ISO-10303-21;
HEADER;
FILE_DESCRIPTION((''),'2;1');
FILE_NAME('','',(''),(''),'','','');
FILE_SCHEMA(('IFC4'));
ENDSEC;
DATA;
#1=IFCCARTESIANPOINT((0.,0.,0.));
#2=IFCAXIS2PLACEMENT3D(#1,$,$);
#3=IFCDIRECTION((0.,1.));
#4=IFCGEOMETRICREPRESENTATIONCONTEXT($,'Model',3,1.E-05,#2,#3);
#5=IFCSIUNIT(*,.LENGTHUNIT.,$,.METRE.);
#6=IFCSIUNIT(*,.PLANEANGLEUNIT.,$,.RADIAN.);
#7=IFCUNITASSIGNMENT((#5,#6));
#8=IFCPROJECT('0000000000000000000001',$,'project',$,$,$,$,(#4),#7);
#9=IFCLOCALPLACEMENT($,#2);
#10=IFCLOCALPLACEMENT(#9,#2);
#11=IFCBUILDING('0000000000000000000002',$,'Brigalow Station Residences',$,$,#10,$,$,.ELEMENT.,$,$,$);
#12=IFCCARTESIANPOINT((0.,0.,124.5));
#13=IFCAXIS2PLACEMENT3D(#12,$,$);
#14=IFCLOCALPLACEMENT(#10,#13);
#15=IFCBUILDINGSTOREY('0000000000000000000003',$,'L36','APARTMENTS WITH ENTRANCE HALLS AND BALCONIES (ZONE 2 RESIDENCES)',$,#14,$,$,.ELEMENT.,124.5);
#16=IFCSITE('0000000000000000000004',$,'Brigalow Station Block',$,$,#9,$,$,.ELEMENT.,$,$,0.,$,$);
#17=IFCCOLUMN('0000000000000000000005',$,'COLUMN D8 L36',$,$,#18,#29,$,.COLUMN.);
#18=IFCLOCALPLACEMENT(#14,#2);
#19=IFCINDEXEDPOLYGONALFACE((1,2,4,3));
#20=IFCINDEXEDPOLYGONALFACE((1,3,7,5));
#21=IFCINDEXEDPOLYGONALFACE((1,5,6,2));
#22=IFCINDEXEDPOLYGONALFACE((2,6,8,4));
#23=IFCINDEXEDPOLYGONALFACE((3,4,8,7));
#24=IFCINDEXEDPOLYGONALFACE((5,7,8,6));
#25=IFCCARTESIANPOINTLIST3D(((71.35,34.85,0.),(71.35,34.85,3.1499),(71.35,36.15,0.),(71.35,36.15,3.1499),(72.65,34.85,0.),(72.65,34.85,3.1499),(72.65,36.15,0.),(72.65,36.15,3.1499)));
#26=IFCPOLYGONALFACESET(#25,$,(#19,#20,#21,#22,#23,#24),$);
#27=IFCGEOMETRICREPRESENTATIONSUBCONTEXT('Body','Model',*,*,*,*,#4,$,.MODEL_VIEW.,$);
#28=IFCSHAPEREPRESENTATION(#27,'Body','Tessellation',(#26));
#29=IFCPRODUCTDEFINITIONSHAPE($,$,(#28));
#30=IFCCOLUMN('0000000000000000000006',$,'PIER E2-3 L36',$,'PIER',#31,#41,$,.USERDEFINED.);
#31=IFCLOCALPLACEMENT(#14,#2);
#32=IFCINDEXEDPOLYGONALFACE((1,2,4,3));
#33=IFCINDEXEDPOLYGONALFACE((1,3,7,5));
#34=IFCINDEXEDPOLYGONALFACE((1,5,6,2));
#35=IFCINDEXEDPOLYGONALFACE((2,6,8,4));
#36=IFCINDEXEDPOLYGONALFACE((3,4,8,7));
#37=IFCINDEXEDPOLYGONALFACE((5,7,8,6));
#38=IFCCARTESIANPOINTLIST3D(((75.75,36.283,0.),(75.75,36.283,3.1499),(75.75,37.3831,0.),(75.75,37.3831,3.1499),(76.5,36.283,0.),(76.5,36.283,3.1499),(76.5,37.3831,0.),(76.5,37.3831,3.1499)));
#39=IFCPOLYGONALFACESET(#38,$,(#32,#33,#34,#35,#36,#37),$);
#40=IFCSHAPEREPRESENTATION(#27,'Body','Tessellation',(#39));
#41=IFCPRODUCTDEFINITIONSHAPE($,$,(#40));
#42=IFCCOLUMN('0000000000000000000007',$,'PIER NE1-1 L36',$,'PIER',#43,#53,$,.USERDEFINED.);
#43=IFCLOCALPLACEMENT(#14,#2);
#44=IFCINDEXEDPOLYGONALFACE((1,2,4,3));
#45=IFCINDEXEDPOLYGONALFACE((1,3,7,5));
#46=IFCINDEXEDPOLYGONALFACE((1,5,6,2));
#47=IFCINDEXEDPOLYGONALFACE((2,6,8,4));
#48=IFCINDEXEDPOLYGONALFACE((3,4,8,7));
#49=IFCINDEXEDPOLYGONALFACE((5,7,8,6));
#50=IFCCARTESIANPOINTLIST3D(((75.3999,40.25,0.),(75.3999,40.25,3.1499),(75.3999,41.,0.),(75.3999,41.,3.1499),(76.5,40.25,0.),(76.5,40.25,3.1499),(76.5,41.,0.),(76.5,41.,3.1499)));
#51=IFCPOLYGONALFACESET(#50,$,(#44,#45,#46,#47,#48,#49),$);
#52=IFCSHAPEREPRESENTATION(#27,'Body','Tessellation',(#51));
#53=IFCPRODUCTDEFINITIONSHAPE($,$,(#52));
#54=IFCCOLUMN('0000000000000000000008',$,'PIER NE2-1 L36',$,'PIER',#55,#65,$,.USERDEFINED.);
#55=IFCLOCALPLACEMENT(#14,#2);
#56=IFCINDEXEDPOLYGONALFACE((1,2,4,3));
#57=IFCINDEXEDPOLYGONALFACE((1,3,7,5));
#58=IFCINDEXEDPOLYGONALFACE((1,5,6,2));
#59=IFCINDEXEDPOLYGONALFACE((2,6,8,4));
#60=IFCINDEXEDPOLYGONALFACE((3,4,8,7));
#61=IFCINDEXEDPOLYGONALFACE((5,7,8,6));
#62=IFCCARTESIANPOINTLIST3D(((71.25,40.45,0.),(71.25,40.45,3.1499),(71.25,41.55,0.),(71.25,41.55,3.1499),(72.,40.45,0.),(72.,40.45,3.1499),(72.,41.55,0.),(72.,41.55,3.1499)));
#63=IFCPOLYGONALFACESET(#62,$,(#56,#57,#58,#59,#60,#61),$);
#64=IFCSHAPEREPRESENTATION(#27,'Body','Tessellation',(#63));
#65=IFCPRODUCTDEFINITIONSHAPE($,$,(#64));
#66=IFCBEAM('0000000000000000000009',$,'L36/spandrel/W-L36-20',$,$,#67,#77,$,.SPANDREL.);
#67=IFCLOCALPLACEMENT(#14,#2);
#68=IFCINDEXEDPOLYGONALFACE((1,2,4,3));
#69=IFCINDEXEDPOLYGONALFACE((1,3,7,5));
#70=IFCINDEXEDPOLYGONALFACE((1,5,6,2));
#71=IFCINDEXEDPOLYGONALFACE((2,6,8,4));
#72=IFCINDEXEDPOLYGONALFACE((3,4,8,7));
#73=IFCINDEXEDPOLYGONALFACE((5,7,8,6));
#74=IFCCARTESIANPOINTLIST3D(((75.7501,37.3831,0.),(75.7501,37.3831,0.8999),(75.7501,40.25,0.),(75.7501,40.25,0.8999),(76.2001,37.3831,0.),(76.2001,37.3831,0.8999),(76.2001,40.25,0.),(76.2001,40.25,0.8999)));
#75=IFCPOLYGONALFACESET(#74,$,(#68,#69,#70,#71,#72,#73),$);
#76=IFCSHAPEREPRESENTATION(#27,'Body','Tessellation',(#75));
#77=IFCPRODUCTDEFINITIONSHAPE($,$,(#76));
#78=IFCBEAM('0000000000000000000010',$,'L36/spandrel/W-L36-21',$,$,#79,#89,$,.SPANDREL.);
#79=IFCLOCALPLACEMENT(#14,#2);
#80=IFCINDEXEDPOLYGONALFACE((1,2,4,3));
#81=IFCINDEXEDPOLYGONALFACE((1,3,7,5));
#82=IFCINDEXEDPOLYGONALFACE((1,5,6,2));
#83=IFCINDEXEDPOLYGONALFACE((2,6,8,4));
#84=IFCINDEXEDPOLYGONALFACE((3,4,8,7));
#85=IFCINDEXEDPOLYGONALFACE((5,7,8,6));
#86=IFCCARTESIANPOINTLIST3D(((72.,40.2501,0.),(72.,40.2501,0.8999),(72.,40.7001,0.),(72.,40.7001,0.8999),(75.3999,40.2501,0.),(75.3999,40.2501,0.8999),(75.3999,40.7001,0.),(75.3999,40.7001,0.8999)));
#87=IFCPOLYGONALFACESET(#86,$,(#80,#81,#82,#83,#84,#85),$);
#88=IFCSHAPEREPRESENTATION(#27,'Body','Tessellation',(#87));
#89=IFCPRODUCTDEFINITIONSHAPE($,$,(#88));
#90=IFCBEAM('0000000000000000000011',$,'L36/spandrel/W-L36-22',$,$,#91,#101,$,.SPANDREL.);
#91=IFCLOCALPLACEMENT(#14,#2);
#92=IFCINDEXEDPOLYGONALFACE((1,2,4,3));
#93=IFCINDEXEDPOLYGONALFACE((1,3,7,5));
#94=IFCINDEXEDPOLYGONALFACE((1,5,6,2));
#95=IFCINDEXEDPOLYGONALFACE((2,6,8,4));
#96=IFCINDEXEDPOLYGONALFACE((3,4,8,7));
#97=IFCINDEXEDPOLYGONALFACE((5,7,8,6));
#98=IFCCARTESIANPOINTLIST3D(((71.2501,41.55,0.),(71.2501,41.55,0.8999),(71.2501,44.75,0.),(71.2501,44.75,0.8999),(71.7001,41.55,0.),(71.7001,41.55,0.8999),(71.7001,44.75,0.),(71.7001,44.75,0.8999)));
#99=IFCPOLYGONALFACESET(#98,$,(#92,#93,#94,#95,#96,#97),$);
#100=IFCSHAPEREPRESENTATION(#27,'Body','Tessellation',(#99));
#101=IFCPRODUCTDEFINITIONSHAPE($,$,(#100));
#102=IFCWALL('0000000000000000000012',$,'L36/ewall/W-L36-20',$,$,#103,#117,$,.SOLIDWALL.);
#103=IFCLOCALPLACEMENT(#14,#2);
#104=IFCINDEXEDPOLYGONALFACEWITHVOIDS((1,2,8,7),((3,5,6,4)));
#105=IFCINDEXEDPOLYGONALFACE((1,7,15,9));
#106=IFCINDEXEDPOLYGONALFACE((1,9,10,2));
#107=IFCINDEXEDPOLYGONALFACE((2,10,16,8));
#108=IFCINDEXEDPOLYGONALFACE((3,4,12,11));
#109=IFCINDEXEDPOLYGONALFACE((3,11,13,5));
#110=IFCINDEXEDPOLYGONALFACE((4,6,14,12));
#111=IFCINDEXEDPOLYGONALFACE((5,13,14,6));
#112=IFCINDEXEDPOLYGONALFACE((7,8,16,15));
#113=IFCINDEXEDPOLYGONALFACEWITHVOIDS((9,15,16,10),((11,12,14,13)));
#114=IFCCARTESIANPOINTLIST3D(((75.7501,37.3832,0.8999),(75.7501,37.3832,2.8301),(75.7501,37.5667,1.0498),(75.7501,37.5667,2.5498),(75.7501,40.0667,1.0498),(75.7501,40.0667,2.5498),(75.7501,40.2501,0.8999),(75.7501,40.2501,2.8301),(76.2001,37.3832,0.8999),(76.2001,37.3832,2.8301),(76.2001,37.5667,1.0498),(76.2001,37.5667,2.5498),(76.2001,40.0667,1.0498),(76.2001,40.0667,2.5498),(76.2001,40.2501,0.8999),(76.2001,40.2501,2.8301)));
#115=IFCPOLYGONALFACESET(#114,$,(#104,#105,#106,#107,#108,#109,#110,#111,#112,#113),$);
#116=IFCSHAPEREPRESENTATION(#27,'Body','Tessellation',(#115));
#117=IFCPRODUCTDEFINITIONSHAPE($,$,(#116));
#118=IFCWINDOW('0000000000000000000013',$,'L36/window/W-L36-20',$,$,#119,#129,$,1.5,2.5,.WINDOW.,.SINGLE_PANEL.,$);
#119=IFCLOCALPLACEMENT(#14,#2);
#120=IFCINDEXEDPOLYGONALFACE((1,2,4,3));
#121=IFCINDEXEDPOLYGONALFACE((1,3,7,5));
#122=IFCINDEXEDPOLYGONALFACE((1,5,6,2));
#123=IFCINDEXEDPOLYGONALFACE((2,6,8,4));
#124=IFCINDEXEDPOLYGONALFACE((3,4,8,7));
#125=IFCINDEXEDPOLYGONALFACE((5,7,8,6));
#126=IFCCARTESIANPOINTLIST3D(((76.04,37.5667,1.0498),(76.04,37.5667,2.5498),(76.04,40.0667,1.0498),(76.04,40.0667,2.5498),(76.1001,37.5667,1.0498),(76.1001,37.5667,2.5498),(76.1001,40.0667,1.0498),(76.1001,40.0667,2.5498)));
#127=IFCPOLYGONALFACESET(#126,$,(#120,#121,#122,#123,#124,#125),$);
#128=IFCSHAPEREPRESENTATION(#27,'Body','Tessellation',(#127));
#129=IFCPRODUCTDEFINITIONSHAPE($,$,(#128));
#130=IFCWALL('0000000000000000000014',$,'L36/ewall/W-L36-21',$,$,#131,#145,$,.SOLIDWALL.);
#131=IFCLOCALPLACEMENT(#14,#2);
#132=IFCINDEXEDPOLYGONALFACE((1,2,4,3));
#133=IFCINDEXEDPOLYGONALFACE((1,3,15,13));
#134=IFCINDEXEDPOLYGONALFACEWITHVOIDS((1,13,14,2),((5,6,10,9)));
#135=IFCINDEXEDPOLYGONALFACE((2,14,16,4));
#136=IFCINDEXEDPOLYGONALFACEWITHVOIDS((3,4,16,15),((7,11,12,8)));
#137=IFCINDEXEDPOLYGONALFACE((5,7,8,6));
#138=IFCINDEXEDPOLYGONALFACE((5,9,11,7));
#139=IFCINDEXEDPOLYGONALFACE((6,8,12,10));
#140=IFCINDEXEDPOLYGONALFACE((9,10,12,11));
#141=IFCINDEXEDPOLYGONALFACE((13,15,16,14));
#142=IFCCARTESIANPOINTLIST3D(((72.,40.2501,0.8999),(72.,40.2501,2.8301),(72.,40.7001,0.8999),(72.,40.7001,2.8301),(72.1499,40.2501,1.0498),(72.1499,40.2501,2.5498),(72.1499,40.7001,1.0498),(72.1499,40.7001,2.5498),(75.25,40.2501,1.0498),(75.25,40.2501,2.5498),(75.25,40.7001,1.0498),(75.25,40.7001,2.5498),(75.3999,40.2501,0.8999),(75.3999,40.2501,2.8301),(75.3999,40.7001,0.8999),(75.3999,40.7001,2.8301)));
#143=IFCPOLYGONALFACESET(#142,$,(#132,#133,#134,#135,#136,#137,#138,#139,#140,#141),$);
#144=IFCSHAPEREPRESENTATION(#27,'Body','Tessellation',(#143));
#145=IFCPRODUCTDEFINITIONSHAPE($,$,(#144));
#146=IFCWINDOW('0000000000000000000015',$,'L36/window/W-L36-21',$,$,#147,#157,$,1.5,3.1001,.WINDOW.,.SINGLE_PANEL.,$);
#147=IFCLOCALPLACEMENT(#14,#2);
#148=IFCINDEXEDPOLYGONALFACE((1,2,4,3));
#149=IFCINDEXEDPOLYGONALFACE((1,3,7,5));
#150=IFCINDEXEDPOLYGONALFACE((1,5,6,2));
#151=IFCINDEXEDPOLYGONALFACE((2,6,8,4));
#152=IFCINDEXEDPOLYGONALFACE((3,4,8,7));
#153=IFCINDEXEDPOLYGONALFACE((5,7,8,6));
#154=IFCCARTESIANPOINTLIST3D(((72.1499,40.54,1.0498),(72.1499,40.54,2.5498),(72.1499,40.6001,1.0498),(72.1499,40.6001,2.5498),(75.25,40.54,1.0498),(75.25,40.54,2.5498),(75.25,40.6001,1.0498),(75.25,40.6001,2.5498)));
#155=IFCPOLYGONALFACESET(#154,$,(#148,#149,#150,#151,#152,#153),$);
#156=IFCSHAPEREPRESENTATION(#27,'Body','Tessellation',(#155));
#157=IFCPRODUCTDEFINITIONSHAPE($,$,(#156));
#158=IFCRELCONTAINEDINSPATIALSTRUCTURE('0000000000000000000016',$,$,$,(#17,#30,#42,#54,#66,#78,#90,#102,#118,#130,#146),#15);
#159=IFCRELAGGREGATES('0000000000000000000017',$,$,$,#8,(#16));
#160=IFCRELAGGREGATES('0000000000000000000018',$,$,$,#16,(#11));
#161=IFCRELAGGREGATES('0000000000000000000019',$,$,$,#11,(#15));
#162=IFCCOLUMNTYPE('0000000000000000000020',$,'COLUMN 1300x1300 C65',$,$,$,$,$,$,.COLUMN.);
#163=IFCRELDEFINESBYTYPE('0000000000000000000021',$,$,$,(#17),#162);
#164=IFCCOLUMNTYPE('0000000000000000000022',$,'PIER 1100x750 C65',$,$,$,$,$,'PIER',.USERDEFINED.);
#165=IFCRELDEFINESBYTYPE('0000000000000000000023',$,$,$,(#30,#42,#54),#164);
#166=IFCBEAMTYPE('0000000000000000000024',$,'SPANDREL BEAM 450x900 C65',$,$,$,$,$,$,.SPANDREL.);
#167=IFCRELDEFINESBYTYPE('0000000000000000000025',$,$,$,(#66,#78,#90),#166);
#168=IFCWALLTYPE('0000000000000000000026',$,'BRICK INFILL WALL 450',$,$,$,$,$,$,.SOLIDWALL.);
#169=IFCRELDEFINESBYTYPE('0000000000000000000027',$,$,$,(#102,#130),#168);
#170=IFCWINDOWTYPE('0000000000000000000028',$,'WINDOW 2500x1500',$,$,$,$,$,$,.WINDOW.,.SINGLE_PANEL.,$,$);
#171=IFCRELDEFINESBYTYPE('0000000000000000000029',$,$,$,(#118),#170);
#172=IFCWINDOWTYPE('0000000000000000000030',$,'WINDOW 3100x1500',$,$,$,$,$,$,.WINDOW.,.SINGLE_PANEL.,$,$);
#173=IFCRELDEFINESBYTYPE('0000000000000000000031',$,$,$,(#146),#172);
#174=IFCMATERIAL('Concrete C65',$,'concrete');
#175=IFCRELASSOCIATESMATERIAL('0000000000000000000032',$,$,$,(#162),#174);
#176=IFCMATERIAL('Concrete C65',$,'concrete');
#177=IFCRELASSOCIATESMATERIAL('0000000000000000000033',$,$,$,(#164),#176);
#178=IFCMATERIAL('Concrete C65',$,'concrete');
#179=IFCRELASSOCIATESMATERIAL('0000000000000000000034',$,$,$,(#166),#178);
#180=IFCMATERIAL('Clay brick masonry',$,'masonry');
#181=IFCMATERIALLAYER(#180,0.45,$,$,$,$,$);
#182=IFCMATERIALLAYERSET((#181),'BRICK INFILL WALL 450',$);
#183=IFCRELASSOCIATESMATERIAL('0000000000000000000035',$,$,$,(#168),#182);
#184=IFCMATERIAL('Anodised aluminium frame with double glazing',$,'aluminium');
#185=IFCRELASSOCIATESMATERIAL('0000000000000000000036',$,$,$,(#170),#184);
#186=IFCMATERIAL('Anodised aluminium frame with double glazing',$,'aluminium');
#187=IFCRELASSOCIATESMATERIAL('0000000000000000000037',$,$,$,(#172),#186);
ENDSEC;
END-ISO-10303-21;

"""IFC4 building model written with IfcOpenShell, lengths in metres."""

from ifc_helpers import new_model, si_unit, direction, frame, frame_2d, origin, origin_2d, place, context, subcontext, project, spatial, rectangle, extrude, material, layer, layer_set, material_profile, profile_set, type_object, element, fill, save


model = new_model("IFC4")

# Units and contexts
model_context = context("Model", 3, precision=1e-05, world=origin(), true_north=direction((0.0, 1.0)))
body_context = subcontext(model_context, "Body", "Model", "MODEL_VIEW")
ifc_project = project(units=[si_unit("LENGTHUNIT", "METRE"), si_unit("PLANEANGLEUNIT", "RADIAN")], contexts=[model_context])

# Site, building, storey
site_placement = place(None, origin())
site = spatial("IfcSite", under=ifc_project, at=site_placement, Name="Brigalow Station Block", CompositionType="ELEMENT", RefElevation=0.0)
building_placement = place(site_placement, origin())
building = spatial("IfcBuilding", under=site, at=building_placement, Name="Brigalow Station Residences", CompositionType="ELEMENT")
storey_placement = place(building_placement, frame((0.0, 0.0, 124.5)))
storey = spatial("IfcBuildingStorey", under=building, at=storey_placement, Name="L36", Description="APARTMENTS WITH ENTRANCE HALLS AND BALCONIES (ZONE 2 RESIDENCES)", CompositionType="ELEMENT", Elevation=124.5)

# Columns
ifc_material_1 = material(Name="Concrete C65", Category="concrete")
ifc_material_profile_1 = material_profile(ifc_material_1, rectangle(XDim=1.3, YDim=1.3, at=origin_2d()), Name="RC1300x1300")
ifc_profile_set_1 = profile_set([ifc_material_profile_1], Name="Concrete C65")
column_type_1 = type_object("IfcColumnType", Name="COLUMN 1300x1300 C65", PredefinedType="COLUMN", material=ifc_profile_set_1)
column_placement = place(storey_placement, frame((72.0, 35.5, 0.0), z_axis=(0.0, 0.0, 1.0), x_axis=(1.0, 0.0, 0.0)))
element("IfcColumn", 1, at=column_placement, inside=storey, type_object=column_type_1, Name="COLUMN D8 L36", PredefinedType="COLUMN", context=body_context, shape_type="SweptSolid", body=[
    extrude(rectangle(XDim=1.3, YDim=1.3, at=origin_2d()), origin(), (0.0, 0.0, 1.0), 3.1499),
])
ifc_material_2 = material(Name="Concrete C65", Category="concrete")
ifc_material_profile_2 = material_profile(ifc_material_2, rectangle(XDim=1.1001, YDim=0.75, at=origin_2d()), Name="RC1100x750")
ifc_profile_set_2 = profile_set([ifc_material_profile_2], Name="Concrete C65")
column_type_2 = type_object("IfcColumnType", Name="PIER 1100x750 C65", ElementType="PIER", PredefinedType="USERDEFINED", material=ifc_profile_set_2)
for number, where, z_axis, x_axis, name in (
    (2, (76.125, 36.833, 0.0), (0.0, 0.0, 1.0), (0.0, 1.0, 0.0), "PIER E2-3 L36"),
    (3, (75.95, 40.625, 0.0), (0.0, 0.0, 1.0), (-1.0, 0.0, 0.0), "PIER NE1-1 L36"),
    (4, (71.625, 41.0, 0.0), (0.0, 0.0, 1.0), (0.0, 1.0, 0.0), "PIER NE2-1 L36"),
):
    element("IfcColumn", number, at=place(storey_placement, frame(where, z_axis=z_axis, x_axis=x_axis)), inside=storey, type_object=column_type_2, Name=name, ObjectType="PIER", PredefinedType="USERDEFINED", context=body_context, shape_type="SweptSolid", body=[
        extrude(rectangle(XDim=1.1001, YDim=0.75, at=origin_2d()), origin(), (0.0, 0.0, 1.0), 3.1499),
    ])

# Beams
ifc_material_3 = material(Name="Concrete C65", Category="concrete")
ifc_material_profile_3 = material_profile(ifc_material_3, rectangle(XDim=0.45, YDim=0.8999, at=origin_2d()), Name="RC450x900")
ifc_profile_set_3 = profile_set([ifc_material_profile_3], Name="Concrete C65")
beam_type = type_object("IfcBeamType", Name="SPANDREL BEAM 450x900 C65", PredefinedType="SPANDREL", material=ifc_profile_set_3)
beam_1_placement = place(storey_placement, frame((75.9751, 37.3831, 0.45), z_axis=(0.0, 1.0, 0.0), x_axis=(-1.0, 0.0, 0.0)))
element("IfcBeam", 5, at=beam_1_placement, inside=storey, type_object=beam_type, Name="L36/spandrel/W-L36-20", PredefinedType="SPANDREL", context=body_context, shape_type="SweptSolid", body=[
    extrude(rectangle(XDim=0.45, YDim=0.8999, at=origin_2d()), origin(), (0.0, 0.0, 1.0), 2.8669),
])
beam_2_placement = place(storey_placement, frame((75.3999, 40.4751, 0.45), z_axis=(-1.0, 0.0, 0.0), x_axis=(0.0, -1.0, 0.0)))
element("IfcBeam", 6, at=beam_2_placement, inside=storey, type_object=beam_type, Name="L36/spandrel/W-L36-21", PredefinedType="SPANDREL", context=body_context, shape_type="SweptSolid", body=[
    extrude(rectangle(XDim=0.45, YDim=0.8999, at=origin_2d()), origin(), (0.0, 0.0, 1.0), 3.3999),
])
beam_3_placement = place(storey_placement, frame((71.4751, 41.55, 0.45), z_axis=(0.0, 1.0, 0.0), x_axis=(-1.0, 0.0, 0.0)))
element("IfcBeam", 7, at=beam_3_placement, inside=storey, type_object=beam_type, Name="L36/spandrel/W-L36-22", PredefinedType="SPANDREL", context=body_context, shape_type="SweptSolid", body=[
    extrude(rectangle(XDim=0.45, YDim=0.8999, at=origin_2d()), origin(), (0.0, 0.0, 1.0), 3.2),
])

# Walls, openings, windows
ifc_material_4 = material(Name="Clay brick masonry", Category="masonry")
ifc_layer_1 = layer(ifc_material_4, 0.45)
ifc_layer_set_1 = layer_set([ifc_layer_1], Name="BRICK INFILL WALL 450")
wall_type_1 = type_object("IfcWallType", Name="BRICK INFILL WALL 450", PredefinedType="SOLIDWALL", material=ifc_layer_set_1)
wall_1_placement = place(storey_placement, frame((75.9751, 37.3831, 0.8999), z_axis=(0.0, 0.0, 1.0), x_axis=(0.0, 1.0, 0.0)))
wall_1 = element("IfcWall", 8, at=wall_1_placement, inside=storey, type_object=wall_type_1, Name="L36/ewall/W-L36-20", PredefinedType="SOLIDWALL", context=body_context, shape_type="SweptSolid", body=[
    extrude(rectangle(XDim=2.8669, YDim=0.45, at=frame_2d((1.4336, 0.0))), origin(), (0.0, 0.0, 1.0), 1.9302),
])
opening_1_placement = place(wall_1_placement, frame((0.1836, 0.0, 0.1499)))
opening_1 = element("IfcOpeningElement", 9, at=opening_1_placement, cuts=wall_1, PredefinedType="OPENING", context=body_context, shape_type="SweptSolid", body=[
    extrude(rectangle(XDim=2.5, YDim=1.5, at=frame_2d((1.25, 0.75))), frame((0.0, 0.2349, 0.0), z_axis=(0.0, -1.0, 0.0), x_axis=(1.0, 0.0, 0.0)), (0.0, 0.0, 1.0), 0.47),
])
ifc_material_5 = material(Name="Anodised aluminium frame with double glazing", Category="aluminium")
window_type_1 = type_object("IfcWindowType", Name="WINDOW 2500x1500", PartitioningType="SINGLE_PANEL", PredefinedType="WINDOW", material=ifc_material_5)
window_1_placement = place(opening_1_placement, origin())
window_1 = element("IfcWindow", 10, at=window_1_placement, inside=storey, type_object=window_type_1, Name="L36/window/W-L36-20", OverallHeight=1.5, OverallWidth=2.5, PartitioningType="SINGLE_PANEL", PredefinedType="WINDOW", context=body_context, shape_type="SweptSolid", body=[
    extrude(rectangle(XDim=2.5, YDim=1.5, at=frame_2d((1.25, 0.75))), frame((0.0, -0.0649, 0.0), z_axis=(0.0, -1.0, 0.0), x_axis=(1.0, 0.0, 0.0)), (0.0, 0.0, 1.0), 0.0601),
])
fill(opening_1, window_1)
wall_2_placement = place(storey_placement, frame((75.3999, 40.4751, 0.8999), z_axis=(0.0, 0.0, 1.0), x_axis=(-1.0, 0.0, 0.0)))
wall_2 = element("IfcWall", 11, at=wall_2_placement, inside=storey, type_object=wall_type_1, Name="L36/ewall/W-L36-21", PredefinedType="SOLIDWALL", context=body_context, shape_type="SweptSolid", body=[
    extrude(rectangle(XDim=3.3999, YDim=0.45, at=frame_2d((1.7, 0.0))), origin(), (0.0, 0.0, 1.0), 1.9302),
])
opening_2_placement = place(wall_2_placement, frame((0.1499, 0.0, 0.1499)))
opening_2 = element("IfcOpeningElement", 12, at=opening_2_placement, cuts=wall_2, PredefinedType="OPENING", context=body_context, shape_type="SweptSolid", body=[
    extrude(rectangle(XDim=3.1001, YDim=1.5, at=frame_2d((1.55, 0.75))), frame((0.0, 0.2349, 0.0), z_axis=(0.0, -1.0, 0.0), x_axis=(1.0, 0.0, 0.0)), (0.0, 0.0, 1.0), 0.47),
])
ifc_material_6 = material(Name="Anodised aluminium frame with double glazing", Category="aluminium")
window_type_2 = type_object("IfcWindowType", Name="WINDOW 3100x1500", PartitioningType="SINGLE_PANEL", PredefinedType="WINDOW", material=ifc_material_6)
window_2_placement = place(opening_2_placement, origin())
window_2 = element("IfcWindow", 13, at=window_2_placement, inside=storey, type_object=window_type_2, Name="L36/window/W-L36-21", OverallHeight=1.5, OverallWidth=3.1001, PartitioningType="SINGLE_PANEL", PredefinedType="WINDOW", context=body_context, shape_type="SweptSolid", body=[
    extrude(rectangle(XDim=3.1001, YDim=1.5, at=frame_2d((1.55, 0.75))), frame((0.0, -0.0649, 0.0), z_axis=(0.0, -1.0, 0.0), x_axis=(1.0, 0.0, 0.0)), (0.0, 0.0, 1.0), 0.0601),
])
fill(opening_2, window_2)

save(model, "model.ifc")
